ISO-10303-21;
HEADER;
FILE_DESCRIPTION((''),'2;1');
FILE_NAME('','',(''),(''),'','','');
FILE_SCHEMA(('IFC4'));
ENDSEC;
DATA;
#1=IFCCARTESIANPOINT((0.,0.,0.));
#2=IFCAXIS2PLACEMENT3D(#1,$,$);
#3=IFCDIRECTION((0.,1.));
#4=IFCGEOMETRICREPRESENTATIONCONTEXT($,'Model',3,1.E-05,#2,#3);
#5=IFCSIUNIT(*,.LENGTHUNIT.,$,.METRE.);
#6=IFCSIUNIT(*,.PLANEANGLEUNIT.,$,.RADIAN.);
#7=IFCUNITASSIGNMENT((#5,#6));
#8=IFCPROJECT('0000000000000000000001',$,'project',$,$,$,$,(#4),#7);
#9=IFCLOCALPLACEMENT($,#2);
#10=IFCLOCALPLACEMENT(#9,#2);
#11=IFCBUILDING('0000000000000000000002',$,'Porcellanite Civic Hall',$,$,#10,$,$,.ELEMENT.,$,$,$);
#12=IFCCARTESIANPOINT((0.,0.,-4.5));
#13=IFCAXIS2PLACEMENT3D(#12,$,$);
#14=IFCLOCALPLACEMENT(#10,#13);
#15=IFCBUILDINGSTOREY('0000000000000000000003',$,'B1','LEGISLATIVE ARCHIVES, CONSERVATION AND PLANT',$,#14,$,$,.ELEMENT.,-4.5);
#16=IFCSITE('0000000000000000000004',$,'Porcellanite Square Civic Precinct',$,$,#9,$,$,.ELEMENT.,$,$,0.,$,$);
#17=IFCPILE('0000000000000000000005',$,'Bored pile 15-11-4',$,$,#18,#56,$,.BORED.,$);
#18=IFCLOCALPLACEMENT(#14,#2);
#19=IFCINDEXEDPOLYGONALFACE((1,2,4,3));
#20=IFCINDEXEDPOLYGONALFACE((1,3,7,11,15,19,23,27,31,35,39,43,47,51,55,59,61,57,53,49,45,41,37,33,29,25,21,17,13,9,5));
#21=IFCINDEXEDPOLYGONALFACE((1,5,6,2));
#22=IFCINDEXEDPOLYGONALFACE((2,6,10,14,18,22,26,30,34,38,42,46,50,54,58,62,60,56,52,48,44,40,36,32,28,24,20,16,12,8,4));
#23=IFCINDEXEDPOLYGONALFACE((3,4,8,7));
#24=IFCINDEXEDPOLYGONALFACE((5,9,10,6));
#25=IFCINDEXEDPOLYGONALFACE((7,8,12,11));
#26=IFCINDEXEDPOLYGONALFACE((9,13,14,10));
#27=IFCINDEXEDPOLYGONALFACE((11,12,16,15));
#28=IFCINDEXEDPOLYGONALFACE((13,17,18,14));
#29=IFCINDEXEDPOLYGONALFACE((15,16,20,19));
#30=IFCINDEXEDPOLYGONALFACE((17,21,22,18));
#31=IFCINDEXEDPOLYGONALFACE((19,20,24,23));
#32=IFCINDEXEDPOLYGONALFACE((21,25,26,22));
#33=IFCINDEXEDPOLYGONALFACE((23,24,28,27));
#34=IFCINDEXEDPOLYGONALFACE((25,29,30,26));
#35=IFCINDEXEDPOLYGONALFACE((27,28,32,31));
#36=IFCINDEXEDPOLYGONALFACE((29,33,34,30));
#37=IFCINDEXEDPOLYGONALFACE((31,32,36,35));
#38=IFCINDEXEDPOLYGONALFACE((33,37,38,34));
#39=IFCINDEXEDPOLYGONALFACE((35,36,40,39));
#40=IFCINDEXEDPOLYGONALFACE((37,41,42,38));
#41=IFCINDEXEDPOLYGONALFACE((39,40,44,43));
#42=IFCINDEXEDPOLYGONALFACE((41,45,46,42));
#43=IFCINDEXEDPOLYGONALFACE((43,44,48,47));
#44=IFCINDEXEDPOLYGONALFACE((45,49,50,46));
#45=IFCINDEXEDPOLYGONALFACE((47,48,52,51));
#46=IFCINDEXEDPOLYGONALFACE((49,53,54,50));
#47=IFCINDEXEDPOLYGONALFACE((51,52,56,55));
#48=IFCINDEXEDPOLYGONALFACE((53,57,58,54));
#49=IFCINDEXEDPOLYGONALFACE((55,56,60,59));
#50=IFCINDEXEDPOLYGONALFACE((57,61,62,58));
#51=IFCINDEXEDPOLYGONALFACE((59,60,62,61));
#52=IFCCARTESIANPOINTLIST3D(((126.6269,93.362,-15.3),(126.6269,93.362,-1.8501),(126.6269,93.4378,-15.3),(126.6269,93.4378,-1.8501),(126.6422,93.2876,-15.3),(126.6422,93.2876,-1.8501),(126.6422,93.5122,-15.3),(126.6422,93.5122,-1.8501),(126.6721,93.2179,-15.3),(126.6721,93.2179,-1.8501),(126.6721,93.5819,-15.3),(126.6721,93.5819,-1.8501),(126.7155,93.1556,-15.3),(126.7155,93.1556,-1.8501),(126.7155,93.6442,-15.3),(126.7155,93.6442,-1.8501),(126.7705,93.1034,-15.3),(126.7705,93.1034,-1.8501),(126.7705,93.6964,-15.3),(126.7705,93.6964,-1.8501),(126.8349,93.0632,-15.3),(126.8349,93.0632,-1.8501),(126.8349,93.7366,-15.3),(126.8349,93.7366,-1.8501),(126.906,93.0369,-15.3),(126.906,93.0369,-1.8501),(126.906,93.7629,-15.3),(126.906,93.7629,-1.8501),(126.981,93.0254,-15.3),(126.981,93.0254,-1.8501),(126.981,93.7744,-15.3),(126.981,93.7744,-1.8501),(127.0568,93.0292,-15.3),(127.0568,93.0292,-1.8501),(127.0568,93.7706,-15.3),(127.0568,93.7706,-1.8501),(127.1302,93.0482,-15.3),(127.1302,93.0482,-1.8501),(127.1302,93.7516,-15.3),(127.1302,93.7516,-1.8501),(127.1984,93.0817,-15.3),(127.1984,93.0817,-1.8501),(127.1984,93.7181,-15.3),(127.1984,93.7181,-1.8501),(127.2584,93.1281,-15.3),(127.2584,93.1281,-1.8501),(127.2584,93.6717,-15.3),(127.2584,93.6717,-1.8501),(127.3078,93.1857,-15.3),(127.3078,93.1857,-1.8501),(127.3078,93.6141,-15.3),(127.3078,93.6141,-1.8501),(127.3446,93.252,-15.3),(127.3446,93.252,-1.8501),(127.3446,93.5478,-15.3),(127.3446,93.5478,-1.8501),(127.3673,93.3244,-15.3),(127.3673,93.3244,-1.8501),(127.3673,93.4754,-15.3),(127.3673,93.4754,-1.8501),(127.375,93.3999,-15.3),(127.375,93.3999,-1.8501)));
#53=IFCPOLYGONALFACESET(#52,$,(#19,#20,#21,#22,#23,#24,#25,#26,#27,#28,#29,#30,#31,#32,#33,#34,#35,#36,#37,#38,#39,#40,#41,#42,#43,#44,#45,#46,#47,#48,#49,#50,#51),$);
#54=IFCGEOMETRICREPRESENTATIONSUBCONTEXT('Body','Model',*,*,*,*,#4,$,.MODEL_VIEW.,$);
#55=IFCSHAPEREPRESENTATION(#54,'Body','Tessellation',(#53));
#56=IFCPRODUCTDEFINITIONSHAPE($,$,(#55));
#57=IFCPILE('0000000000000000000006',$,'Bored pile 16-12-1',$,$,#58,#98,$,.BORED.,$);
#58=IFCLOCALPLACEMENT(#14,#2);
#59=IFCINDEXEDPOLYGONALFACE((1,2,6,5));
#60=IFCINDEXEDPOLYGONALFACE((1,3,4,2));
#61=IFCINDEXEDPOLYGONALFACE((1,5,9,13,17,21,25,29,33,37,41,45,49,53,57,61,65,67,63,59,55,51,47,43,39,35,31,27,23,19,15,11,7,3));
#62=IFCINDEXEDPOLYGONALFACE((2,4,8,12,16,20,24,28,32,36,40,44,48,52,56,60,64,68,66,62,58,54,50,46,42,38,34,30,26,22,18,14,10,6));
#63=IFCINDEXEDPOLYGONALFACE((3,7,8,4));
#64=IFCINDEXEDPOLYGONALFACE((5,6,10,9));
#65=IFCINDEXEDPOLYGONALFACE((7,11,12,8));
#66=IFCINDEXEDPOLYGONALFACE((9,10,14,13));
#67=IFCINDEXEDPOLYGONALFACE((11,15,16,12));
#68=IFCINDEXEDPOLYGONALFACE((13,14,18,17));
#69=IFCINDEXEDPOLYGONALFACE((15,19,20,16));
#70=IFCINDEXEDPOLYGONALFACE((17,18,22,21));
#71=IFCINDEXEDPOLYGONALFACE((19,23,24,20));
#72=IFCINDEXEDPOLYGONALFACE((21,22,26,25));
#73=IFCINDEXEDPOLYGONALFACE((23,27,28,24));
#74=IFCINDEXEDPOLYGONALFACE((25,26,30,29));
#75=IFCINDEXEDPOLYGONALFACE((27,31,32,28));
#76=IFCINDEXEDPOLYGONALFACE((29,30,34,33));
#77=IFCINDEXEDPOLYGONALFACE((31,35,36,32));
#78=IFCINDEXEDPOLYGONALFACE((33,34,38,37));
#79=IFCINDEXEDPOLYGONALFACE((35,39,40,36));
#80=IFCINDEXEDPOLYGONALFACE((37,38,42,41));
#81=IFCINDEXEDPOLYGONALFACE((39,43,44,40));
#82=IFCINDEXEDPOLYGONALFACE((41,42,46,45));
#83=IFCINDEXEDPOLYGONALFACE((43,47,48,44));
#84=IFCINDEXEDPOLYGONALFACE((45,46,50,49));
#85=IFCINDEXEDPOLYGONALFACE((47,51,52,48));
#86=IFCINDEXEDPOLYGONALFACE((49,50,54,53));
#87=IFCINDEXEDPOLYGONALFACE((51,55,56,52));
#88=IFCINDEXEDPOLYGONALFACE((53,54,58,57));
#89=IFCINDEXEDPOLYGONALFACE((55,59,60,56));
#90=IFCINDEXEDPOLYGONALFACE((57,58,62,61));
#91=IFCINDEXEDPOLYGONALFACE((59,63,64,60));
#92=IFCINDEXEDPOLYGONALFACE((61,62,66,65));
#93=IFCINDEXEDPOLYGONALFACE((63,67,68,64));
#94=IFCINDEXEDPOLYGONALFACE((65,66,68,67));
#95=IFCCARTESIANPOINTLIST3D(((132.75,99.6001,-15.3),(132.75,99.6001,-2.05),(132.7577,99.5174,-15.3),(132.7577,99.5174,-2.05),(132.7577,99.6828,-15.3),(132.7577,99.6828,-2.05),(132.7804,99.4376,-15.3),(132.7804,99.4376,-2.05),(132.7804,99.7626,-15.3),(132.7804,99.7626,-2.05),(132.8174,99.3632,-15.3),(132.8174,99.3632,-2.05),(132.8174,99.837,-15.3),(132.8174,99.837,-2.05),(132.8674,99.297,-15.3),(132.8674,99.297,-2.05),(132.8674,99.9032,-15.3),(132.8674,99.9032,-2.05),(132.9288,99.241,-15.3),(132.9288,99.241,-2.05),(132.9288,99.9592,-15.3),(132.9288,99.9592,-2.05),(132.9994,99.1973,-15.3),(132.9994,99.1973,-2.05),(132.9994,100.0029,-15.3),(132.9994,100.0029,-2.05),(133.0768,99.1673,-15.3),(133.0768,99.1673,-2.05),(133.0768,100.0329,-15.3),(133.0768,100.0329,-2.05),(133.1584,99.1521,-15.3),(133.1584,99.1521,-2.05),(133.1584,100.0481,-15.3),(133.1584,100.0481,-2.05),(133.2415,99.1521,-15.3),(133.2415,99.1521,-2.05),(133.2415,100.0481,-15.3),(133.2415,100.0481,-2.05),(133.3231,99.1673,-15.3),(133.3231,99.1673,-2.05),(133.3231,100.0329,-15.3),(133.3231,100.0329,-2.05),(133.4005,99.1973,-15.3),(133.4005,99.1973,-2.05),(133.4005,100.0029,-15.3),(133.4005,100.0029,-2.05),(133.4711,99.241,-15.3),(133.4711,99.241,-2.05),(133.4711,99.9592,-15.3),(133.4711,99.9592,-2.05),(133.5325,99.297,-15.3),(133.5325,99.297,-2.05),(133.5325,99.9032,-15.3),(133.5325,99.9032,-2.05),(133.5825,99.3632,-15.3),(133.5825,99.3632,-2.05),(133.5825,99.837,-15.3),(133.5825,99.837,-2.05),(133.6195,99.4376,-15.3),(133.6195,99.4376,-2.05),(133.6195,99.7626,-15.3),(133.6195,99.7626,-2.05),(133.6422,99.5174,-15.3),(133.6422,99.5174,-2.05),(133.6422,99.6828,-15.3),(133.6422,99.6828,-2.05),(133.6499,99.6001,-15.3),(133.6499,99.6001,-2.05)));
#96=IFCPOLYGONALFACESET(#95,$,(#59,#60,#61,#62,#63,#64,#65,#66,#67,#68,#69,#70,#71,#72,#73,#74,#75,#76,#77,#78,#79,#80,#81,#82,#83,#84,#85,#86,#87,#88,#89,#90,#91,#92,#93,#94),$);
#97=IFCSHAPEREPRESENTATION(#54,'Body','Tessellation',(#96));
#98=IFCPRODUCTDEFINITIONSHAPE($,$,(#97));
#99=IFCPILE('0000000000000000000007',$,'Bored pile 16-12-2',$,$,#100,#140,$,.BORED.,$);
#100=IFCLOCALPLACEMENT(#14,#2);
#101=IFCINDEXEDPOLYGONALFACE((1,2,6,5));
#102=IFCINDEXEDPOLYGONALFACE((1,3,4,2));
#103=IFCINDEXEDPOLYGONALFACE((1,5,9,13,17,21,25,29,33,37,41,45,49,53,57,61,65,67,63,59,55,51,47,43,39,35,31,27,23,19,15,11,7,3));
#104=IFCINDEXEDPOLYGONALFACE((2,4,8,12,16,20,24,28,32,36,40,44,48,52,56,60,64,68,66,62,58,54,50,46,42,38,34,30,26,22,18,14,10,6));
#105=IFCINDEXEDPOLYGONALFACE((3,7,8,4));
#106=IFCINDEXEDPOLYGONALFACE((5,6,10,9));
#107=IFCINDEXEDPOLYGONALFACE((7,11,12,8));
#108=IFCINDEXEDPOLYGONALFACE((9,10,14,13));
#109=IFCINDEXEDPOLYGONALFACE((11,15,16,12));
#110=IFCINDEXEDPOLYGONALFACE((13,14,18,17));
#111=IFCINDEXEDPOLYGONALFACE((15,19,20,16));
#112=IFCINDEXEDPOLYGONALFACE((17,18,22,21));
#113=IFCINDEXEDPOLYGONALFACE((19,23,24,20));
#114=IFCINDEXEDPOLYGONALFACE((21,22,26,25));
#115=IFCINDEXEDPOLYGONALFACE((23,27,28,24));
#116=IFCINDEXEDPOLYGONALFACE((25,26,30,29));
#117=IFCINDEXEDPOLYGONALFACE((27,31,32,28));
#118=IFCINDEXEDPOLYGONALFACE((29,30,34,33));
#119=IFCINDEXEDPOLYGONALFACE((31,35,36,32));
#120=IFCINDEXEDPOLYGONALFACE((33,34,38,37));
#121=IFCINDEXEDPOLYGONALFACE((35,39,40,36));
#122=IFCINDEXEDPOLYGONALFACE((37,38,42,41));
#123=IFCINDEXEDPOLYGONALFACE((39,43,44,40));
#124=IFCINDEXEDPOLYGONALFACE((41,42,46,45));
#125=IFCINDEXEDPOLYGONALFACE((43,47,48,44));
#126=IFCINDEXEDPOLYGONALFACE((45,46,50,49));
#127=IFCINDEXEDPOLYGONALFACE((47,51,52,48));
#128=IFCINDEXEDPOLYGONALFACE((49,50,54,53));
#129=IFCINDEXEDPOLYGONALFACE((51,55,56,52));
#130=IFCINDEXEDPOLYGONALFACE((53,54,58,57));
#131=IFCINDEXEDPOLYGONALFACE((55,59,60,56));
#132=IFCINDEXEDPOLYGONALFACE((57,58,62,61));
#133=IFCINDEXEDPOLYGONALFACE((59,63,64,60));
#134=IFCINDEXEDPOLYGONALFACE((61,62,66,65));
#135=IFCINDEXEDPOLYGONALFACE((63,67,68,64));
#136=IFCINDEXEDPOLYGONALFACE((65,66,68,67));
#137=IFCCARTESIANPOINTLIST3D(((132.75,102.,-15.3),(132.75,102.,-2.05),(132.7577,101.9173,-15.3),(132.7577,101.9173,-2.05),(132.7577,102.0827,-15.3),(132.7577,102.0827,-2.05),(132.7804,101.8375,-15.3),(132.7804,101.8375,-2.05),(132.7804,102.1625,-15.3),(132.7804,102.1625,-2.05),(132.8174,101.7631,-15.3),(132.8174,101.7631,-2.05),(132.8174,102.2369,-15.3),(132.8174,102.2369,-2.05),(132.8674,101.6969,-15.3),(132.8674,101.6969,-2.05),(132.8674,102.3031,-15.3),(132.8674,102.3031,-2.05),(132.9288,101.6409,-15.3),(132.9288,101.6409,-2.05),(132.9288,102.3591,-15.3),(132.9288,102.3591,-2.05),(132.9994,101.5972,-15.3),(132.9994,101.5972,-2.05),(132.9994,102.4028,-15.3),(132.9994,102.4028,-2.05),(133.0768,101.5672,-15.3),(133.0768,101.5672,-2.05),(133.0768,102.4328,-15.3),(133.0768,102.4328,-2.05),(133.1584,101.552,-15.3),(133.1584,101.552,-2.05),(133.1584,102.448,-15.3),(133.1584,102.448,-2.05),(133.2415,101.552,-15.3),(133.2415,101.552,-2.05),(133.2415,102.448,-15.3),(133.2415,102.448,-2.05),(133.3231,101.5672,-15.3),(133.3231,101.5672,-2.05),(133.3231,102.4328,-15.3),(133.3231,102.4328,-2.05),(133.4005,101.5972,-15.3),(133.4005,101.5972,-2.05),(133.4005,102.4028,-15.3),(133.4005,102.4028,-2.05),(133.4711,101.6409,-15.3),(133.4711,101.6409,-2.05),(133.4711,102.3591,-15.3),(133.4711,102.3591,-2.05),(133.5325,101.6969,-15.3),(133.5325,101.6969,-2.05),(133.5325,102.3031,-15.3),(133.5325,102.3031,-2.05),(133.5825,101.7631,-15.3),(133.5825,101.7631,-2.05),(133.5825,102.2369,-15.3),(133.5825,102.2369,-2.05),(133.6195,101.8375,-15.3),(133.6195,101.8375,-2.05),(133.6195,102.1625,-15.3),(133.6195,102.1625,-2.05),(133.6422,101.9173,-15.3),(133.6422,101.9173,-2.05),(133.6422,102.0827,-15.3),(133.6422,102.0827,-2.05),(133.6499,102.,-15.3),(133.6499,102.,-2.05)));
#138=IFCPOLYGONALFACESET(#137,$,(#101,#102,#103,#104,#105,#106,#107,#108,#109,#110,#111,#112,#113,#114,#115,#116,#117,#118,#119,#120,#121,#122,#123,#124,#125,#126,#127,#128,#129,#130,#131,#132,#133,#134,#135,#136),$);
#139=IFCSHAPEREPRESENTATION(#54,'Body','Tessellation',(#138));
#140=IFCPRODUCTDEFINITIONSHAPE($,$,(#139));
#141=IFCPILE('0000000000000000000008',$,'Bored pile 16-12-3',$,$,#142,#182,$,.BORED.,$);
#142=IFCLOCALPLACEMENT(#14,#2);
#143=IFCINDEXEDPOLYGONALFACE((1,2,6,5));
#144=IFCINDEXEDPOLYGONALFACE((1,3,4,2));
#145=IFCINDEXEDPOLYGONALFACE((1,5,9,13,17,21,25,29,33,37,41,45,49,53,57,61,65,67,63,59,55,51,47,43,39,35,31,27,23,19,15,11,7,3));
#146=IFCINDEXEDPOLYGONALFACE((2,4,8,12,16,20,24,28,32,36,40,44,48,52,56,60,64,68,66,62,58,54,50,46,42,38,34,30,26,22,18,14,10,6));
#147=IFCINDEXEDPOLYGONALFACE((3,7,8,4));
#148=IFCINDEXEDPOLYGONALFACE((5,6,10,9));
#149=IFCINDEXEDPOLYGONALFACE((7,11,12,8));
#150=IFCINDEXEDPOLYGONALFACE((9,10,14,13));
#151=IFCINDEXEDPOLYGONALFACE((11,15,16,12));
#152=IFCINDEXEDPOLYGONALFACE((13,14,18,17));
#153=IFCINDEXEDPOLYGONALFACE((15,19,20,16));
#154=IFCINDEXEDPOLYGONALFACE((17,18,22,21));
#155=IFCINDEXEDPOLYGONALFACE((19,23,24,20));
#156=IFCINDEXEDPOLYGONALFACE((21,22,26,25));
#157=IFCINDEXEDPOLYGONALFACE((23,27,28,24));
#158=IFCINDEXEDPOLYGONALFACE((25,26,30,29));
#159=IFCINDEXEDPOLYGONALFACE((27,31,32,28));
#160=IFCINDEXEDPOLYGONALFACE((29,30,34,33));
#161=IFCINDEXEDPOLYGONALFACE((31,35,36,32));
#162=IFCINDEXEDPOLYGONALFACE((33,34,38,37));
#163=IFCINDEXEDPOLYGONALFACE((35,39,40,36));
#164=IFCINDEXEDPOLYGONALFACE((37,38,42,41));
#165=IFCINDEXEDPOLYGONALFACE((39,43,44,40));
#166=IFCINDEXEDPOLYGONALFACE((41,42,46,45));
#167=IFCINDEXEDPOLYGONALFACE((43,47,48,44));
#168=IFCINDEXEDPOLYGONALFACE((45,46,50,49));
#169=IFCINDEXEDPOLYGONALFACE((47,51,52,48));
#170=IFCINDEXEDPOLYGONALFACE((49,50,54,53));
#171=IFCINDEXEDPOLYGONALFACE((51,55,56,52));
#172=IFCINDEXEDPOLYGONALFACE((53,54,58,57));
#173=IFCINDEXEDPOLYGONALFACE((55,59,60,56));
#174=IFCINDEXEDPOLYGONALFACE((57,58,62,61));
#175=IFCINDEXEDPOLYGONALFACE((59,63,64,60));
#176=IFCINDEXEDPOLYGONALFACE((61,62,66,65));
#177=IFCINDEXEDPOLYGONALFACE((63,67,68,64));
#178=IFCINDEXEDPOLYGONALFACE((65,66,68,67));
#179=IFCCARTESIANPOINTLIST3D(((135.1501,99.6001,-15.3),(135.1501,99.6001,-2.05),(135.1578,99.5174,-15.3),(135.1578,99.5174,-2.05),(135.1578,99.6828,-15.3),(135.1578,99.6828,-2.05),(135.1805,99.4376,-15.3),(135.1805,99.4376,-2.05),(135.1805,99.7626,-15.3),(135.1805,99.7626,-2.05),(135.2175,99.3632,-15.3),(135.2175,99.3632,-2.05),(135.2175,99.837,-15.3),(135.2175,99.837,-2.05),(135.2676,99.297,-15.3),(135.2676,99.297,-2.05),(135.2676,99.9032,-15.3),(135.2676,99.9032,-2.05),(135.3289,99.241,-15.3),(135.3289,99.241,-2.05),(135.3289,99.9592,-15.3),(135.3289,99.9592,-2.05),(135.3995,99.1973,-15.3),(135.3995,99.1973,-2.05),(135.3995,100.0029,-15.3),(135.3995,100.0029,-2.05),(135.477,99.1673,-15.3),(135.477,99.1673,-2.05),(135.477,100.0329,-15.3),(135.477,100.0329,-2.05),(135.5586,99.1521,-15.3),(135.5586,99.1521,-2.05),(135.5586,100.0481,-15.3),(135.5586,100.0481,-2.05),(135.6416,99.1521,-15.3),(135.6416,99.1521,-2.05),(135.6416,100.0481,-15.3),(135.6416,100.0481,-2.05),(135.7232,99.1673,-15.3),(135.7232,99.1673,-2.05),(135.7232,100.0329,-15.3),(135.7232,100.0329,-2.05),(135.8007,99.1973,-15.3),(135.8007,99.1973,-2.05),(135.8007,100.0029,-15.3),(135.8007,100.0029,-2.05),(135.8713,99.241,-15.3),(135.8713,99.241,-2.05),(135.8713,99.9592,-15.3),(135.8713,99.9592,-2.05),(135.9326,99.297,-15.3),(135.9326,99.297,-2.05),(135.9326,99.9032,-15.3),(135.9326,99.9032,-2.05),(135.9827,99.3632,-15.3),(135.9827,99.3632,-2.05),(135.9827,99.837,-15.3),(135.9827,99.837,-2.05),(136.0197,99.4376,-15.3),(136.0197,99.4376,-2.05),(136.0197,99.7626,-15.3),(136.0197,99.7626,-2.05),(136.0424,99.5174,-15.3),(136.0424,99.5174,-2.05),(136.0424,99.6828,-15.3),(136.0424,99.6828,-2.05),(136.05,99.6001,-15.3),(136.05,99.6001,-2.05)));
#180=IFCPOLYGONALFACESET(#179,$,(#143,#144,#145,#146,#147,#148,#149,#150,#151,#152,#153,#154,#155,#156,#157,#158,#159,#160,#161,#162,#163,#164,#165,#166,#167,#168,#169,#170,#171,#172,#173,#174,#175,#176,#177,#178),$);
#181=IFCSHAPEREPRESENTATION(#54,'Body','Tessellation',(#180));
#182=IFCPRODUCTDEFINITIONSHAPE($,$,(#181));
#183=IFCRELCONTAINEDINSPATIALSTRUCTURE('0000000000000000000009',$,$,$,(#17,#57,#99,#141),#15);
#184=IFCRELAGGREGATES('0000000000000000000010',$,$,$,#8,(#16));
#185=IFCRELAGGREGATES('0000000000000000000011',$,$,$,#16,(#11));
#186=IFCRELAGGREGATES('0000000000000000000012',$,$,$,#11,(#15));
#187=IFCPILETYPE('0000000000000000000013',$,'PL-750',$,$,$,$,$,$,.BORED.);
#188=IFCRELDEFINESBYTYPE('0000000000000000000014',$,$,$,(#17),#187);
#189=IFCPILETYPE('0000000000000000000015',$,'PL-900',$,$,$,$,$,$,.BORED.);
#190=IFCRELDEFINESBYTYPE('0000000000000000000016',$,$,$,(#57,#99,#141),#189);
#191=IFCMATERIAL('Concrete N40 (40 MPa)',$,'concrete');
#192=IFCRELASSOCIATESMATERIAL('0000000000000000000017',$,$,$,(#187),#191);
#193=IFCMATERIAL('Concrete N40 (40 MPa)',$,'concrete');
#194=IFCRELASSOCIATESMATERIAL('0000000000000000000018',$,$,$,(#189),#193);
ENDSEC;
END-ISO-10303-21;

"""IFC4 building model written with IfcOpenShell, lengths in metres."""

from ifc_helpers import new_model, si_unit, direction, frame, origin, origin_2d, place, context, subcontext, project, spatial, circle, extrude, material, material_profile, profile_set, type_object, element, save


model = new_model("IFC4")

# Units and contexts
model_context = context("Model", 3, precision=1e-05, world=origin(), true_north=direction((0.0, 1.0)))
body_context = subcontext(model_context, "Body", "Model", "MODEL_VIEW")
ifc_project = project(units=[si_unit("LENGTHUNIT", "METRE"), si_unit("PLANEANGLEUNIT", "RADIAN")], contexts=[model_context])

# Site, building, storey
site_placement = place(None, origin())
site = spatial("IfcSite", under=ifc_project, at=site_placement, Name="Porcellanite Square Civic Precinct", CompositionType="ELEMENT", RefElevation=0.0)
building_placement = place(site_placement, origin())
building = spatial("IfcBuilding", under=site, at=building_placement, Name="Porcellanite Civic Hall", CompositionType="ELEMENT")
storey_placement = place(building_placement, frame((0.0, 0.0, -4.5)))
storey = spatial("IfcBuildingStorey", under=building, at=storey_placement, Name="B1", Description="LEGISLATIVE ARCHIVES, CONSERVATION AND PLANT", CompositionType="ELEMENT", Elevation=-4.5)

# Piles
ifc_material_1 = material(Name="Concrete N40 (40 MPa)", Category="concrete")
ifc_material_profile_1 = material_profile(ifc_material_1, circle(Radius=0.375, at=origin_2d()), Name="PILE-D750")
ifc_profile_set_1 = profile_set([ifc_material_profile_1], Name="Concrete N40 (40 MPa)")
pile_type_1 = type_object("IfcPileType", Name="PL-750", PredefinedType="BORED", material=ifc_profile_set_1)
for number, where, z_axis, x_axis, name in (
    (1, (127.0, 93.3999, -1.8501), (0.0, 0.0, -1.0), (1.0, 0.0, 0.0), "Bored pile 15-11-4"),
):
    element("IfcPile", number, at=place(storey_placement, frame(where, z_axis=z_axis, x_axis=x_axis)), inside=storey, type_object=pile_type_1, Name=name, PredefinedType="BORED", context=body_context, shape_type="SweptSolid", body=[
        extrude(circle(Radius=0.375, at=origin_2d()), origin(), (0.0, 0.0, 1.0), 13.45),
    ])
ifc_material_2 = material(Name="Concrete N40 (40 MPa)", Category="concrete")
ifc_material_profile_2 = material_profile(ifc_material_2, circle(Radius=0.45, at=origin_2d()), Name="PILE-D900")
ifc_profile_set_2 = profile_set([ifc_material_profile_2], Name="Concrete N40 (40 MPa)")
pile_type_2 = type_object("IfcPileType", Name="PL-900", PredefinedType="BORED", material=ifc_profile_set_2)
for number, where, z_axis, x_axis, name in (
    (2, (133.2, 99.6001, -2.05), (0.0, 0.0, -1.0), (1.0, 0.0, 0.0), "Bored pile 16-12-1"),
    (3, (133.2, 102.0, -2.05), (0.0, 0.0, -1.0), (1.0, 0.0, 0.0), "Bored pile 16-12-2"),
    (4, (135.6001, 99.6001, -2.05), (0.0, 0.0, -1.0), (1.0, 0.0, 0.0), "Bored pile 16-12-3"),
):
    element("IfcPile", number, at=place(storey_placement, frame(where, z_axis=z_axis, x_axis=x_axis)), inside=storey, type_object=pile_type_2, Name=name, PredefinedType="BORED", context=body_context, shape_type="SweptSolid", body=[
        extrude(circle(Radius=0.45, at=origin_2d()), origin(), (0.0, 0.0, 1.0), 13.25),
    ])

save(model, "model.ifc")
